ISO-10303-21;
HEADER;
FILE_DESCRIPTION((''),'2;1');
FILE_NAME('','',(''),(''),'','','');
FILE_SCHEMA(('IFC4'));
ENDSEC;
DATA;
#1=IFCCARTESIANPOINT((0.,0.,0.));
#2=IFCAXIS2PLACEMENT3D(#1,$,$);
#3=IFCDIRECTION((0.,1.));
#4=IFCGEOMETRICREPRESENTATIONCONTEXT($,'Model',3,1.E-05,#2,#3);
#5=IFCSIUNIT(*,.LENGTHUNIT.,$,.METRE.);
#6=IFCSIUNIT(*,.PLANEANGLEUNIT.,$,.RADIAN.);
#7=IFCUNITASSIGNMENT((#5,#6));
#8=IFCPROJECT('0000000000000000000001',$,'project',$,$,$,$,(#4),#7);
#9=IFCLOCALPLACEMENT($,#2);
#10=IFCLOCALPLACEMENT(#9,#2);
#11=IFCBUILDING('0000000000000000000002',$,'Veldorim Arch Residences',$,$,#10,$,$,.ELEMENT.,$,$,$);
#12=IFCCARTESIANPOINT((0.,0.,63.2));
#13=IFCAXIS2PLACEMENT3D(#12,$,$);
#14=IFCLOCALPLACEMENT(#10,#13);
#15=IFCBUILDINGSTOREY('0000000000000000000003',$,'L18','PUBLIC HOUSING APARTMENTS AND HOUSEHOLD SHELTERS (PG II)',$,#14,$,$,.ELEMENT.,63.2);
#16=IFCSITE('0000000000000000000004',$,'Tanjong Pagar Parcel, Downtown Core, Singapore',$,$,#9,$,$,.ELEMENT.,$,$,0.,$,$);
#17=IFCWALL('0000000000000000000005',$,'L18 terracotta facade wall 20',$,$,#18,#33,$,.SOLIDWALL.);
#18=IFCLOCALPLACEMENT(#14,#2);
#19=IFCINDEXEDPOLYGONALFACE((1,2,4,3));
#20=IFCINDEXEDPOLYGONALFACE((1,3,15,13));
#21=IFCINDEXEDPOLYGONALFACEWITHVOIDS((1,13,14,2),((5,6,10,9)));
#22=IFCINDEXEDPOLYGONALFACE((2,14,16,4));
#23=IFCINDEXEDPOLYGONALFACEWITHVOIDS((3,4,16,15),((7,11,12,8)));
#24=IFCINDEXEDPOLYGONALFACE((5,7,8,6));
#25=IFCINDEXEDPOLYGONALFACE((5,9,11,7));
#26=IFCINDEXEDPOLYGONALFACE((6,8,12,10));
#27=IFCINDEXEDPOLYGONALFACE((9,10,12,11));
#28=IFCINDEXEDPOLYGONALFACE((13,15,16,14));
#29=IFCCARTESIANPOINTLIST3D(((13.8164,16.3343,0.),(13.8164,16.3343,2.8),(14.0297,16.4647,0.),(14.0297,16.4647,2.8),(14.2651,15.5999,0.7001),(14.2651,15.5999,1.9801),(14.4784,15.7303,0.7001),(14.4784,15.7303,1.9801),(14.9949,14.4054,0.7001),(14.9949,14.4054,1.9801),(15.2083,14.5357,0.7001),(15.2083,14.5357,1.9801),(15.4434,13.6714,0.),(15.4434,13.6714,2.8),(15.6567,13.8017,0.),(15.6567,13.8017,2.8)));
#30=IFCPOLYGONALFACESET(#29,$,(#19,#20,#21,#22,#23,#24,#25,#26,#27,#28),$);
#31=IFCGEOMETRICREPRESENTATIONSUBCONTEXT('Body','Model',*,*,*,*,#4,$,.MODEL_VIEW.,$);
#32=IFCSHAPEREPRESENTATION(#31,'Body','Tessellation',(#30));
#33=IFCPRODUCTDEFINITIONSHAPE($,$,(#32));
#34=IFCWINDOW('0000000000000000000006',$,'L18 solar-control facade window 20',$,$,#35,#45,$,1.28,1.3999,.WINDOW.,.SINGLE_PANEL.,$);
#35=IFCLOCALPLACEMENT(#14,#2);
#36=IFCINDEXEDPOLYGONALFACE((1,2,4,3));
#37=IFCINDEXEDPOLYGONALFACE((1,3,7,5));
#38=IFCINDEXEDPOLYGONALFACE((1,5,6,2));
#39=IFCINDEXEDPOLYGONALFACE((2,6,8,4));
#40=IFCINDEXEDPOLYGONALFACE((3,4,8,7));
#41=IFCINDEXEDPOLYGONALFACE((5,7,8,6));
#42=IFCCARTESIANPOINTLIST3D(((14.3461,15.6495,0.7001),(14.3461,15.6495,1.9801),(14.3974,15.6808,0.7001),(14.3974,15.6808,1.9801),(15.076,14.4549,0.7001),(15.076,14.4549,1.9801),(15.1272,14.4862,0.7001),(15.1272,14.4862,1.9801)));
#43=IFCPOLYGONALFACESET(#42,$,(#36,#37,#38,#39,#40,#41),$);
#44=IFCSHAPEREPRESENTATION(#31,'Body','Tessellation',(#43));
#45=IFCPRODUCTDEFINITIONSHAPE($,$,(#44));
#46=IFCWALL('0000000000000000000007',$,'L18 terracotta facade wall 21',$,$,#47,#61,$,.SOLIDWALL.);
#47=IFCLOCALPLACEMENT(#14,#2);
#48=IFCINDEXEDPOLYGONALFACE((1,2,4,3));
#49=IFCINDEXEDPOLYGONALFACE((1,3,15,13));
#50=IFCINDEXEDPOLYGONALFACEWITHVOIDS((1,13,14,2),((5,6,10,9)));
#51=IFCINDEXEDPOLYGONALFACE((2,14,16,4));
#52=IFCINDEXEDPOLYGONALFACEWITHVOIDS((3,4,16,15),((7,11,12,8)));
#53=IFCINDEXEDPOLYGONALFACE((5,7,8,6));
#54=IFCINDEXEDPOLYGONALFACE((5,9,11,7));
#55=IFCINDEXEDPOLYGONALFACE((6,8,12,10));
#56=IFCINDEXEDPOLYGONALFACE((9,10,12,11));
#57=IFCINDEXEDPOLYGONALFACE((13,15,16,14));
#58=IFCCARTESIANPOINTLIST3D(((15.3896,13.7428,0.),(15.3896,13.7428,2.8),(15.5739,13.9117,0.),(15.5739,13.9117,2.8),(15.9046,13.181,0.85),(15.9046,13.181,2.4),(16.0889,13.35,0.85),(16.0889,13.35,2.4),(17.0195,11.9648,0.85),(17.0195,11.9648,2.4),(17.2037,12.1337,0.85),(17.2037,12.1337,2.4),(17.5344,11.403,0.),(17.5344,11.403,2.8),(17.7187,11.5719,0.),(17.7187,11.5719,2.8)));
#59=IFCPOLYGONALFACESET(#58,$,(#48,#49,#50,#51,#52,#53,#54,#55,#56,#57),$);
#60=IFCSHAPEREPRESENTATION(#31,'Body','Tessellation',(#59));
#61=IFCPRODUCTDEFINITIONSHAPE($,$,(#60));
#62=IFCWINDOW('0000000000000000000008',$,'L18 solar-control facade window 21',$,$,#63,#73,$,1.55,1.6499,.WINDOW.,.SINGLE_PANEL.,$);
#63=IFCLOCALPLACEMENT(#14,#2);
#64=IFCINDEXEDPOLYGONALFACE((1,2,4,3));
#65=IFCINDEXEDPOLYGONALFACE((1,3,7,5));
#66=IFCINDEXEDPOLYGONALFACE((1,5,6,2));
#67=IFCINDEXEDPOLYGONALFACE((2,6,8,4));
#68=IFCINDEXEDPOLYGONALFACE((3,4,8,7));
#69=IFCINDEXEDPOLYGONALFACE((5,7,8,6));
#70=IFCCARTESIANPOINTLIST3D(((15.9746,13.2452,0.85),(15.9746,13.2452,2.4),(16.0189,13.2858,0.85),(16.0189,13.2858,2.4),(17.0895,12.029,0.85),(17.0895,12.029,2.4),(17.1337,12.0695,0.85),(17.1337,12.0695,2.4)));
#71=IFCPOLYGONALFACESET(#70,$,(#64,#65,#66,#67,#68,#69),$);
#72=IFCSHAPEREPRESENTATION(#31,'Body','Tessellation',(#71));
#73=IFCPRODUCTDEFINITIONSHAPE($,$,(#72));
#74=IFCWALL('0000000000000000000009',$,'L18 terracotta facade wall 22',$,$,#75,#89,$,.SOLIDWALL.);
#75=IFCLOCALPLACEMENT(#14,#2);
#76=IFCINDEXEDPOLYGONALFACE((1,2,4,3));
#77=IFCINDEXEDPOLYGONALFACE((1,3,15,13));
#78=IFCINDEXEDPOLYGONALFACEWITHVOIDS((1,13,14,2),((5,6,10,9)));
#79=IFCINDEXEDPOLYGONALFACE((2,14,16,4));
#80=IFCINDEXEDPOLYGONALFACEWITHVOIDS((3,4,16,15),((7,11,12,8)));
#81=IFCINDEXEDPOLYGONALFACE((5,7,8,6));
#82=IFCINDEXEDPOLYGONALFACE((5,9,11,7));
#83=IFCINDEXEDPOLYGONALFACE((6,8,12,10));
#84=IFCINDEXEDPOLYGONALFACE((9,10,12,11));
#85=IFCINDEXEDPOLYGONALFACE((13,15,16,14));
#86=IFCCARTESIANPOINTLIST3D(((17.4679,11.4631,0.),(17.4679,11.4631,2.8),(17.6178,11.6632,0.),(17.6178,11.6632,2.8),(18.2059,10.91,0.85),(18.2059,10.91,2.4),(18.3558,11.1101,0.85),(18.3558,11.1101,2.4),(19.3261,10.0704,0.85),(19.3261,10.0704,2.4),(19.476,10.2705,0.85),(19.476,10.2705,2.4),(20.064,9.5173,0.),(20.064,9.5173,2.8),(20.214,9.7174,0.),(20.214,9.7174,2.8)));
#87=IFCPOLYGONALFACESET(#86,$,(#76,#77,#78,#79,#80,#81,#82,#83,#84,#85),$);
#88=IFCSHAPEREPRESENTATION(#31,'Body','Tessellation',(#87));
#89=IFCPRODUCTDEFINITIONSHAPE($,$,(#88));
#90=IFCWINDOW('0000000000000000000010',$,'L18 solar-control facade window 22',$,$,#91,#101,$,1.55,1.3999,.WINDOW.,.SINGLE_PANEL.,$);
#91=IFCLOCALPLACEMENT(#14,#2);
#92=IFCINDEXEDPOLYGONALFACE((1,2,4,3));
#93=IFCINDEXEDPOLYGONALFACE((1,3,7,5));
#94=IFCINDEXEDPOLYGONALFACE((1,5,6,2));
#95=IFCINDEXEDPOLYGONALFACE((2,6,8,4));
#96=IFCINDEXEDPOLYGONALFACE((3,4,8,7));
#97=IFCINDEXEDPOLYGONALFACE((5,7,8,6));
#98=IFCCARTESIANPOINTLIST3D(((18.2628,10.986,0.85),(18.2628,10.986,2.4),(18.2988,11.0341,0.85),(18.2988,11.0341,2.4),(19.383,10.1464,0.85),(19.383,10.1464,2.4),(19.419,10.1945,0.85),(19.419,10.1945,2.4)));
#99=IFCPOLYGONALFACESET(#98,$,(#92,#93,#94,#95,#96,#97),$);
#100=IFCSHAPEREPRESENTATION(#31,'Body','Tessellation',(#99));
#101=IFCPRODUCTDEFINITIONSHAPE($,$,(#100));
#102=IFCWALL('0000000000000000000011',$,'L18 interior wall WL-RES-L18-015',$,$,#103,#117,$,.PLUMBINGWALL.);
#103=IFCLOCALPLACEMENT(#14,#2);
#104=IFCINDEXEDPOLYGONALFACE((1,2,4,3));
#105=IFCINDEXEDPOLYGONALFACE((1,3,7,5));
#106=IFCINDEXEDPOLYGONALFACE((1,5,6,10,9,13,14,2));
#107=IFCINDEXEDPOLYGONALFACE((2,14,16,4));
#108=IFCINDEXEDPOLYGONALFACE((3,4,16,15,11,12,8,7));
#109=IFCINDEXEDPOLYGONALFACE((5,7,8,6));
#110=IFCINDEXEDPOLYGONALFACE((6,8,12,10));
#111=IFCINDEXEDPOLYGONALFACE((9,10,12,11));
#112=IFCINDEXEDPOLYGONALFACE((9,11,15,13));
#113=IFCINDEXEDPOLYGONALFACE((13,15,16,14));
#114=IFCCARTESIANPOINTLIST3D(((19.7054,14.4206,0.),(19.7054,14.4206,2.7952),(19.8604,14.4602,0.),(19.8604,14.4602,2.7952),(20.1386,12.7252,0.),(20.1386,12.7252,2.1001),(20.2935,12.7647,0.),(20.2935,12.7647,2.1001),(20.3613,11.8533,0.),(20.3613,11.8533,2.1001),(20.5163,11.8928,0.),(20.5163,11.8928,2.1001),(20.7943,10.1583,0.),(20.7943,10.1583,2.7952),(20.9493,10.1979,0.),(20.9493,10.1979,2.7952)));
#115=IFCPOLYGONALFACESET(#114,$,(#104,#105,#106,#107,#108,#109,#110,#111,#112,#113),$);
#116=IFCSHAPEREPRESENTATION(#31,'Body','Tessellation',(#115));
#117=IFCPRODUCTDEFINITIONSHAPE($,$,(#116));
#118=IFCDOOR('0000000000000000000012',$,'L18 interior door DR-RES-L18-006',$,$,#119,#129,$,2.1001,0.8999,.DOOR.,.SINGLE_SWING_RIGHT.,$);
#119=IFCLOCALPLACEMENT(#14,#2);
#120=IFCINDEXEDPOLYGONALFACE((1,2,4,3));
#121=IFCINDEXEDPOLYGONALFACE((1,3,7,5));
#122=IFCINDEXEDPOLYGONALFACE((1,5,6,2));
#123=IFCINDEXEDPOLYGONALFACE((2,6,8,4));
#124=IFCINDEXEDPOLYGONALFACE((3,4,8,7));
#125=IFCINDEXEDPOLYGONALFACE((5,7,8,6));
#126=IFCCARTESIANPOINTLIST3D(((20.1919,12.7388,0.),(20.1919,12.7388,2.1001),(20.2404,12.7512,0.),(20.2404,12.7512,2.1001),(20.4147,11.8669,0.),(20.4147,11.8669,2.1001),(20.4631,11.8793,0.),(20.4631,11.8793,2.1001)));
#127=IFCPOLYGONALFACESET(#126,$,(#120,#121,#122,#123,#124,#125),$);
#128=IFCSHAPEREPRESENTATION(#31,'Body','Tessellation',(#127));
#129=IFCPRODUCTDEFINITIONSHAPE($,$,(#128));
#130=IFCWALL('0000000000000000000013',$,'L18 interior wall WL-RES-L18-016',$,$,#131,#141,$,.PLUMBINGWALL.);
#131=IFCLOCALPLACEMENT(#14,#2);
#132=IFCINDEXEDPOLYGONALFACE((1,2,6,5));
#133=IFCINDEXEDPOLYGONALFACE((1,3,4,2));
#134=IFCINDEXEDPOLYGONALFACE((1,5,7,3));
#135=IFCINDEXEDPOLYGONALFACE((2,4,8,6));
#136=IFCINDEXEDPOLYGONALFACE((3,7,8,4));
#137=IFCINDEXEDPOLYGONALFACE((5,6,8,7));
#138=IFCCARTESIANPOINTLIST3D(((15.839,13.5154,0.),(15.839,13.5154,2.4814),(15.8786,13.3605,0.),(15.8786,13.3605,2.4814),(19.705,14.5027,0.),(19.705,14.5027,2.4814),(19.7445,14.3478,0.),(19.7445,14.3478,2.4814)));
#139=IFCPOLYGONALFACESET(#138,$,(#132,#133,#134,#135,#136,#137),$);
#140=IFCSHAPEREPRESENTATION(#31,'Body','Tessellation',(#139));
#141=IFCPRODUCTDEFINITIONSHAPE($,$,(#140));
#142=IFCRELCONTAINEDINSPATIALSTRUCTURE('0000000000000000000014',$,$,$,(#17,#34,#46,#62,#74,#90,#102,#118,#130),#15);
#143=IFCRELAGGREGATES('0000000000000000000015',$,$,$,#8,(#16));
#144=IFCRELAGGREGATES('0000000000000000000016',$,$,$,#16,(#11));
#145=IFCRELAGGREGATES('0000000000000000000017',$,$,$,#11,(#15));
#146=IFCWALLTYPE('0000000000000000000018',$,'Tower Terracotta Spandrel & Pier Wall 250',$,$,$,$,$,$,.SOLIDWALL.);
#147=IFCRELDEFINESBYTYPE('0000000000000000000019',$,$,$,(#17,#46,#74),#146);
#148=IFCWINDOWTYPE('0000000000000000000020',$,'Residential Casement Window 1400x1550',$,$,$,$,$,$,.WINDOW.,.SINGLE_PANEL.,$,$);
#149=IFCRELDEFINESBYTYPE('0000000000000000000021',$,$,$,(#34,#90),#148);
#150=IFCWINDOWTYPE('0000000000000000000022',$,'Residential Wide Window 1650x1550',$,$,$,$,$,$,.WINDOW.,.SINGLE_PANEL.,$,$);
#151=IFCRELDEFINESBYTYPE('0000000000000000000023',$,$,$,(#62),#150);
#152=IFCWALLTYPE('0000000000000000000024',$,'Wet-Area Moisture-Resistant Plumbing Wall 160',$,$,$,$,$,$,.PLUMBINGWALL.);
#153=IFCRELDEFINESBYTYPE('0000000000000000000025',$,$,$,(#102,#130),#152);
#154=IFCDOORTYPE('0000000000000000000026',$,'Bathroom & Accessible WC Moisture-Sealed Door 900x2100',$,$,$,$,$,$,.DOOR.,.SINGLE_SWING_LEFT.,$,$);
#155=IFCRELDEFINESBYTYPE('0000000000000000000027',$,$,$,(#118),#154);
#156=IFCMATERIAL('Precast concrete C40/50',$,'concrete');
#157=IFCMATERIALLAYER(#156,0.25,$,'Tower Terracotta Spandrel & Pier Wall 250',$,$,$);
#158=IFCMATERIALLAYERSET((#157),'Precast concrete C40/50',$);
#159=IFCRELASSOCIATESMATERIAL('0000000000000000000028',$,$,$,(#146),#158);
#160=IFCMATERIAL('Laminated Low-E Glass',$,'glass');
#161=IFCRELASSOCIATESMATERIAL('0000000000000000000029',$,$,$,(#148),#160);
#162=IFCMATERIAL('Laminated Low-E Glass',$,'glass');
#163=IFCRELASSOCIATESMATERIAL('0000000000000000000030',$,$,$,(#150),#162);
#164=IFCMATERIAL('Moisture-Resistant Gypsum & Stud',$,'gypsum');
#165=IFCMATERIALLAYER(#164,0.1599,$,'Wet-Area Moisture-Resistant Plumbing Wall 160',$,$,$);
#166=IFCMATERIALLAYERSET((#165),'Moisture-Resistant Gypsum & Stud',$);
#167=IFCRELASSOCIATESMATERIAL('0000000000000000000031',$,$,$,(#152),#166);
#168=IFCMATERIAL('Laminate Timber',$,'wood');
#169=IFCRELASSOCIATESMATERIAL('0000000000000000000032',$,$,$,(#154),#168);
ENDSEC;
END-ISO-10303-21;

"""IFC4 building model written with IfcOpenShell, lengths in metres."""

from ifc_helpers import new_model, si_unit, direction, frame, frame_2d, origin, place, context, subcontext, project, spatial, rectangle, extrude, material, layer, layer_set, type_object, element, fill, save


model = new_model("IFC4")

# Units and contexts
model_context = context("Model", 3, precision=1e-05, world=origin(), true_north=direction((0.0, 1.0)))
body_context = subcontext(model_context, "Body", "Model", "MODEL_VIEW")
ifc_project = project(units=[si_unit("LENGTHUNIT", "METRE"), si_unit("PLANEANGLEUNIT", "RADIAN")], contexts=[model_context])

# Site, building, storey
site_placement = place(None, origin())
site = spatial("IfcSite", under=ifc_project, at=site_placement, Name="Tanjong Pagar Parcel, Downtown Core, Singapore", CompositionType="ELEMENT", RefElevation=0.0)
building_placement = place(site_placement, origin())
building = spatial("IfcBuilding", under=site, at=building_placement, Name="Veldorim Arch Residences", CompositionType="ELEMENT")
storey_placement = place(building_placement, frame((0.0, 0.0, 63.2)))
storey = spatial("IfcBuildingStorey", under=building, at=storey_placement, Name="L18", Description="PUBLIC HOUSING APARTMENTS AND HOUSEHOLD SHELTERS (PG II)", CompositionType="ELEMENT", Elevation=63.2)

# Walls, openings, windows
ifc_material_1 = material(Name="Precast concrete C40/50", Category="concrete")
ifc_layer_1 = layer(ifc_material_1, 0.25, Name="Tower Terracotta Spandrel & Pier Wall 250")
ifc_layer_set_1 = layer_set([ifc_layer_1], Name="Precast concrete C40/50")
wall_type_1 = type_object("IfcWallType", Name="Tower Terracotta Spandrel & Pier Wall 250", PredefinedType="SOLIDWALL", material=ifc_layer_set_1)
wall_1_placement = place(storey_placement, frame((15.55, 13.7366, 0.0), z_axis=(0.0, 0.0, 1.0), x_axis=(-0.521371, 0.85333, 0.0)))
wall_1 = element("IfcWall", 1, at=wall_1_placement, inside=storey, type_object=wall_type_1, Name="L18 terracotta facade wall 20", PredefinedType="SOLIDWALL", context=body_context, shape_type="SweptSolid", body=[
    extrude(rectangle(XDim=3.1206, YDim=0.25, at=frame_2d((1.5603, 0.0))), origin(), (0.0, 0.0, 1.0), 2.8),
])
opening_1_placement = place(wall_1_placement, frame((0.8601, 0.0, 0.7)))
opening_1 = element("IfcOpeningElement", 2, at=opening_1_placement, cuts=wall_1, PredefinedType="OPENING", context=body_context, shape_type="SweptSolid", body=[
    extrude(rectangle(XDim=1.3999, YDim=1.28, at=frame_2d((0.7, 0.6401))), frame((0.0, 0.135, 0.0), z_axis=(0.0, -1.0, 0.0), x_axis=(1.0, 0.0, 0.0)), (0.0, 0.0, 1.0), 0.27),
])
ifc_material_2 = material(Name="Laminated Low-E Glass", Category="glass")
window_type_1 = type_object("IfcWindowType", Name="Residential Casement Window 1400x1550", PartitioningType="SINGLE_PANEL", PredefinedType="WINDOW", material=ifc_material_2)
window_1_placement = place(opening_1_placement, origin())
window_1 = element("IfcWindow", 3, at=window_1_placement, inside=storey, type_object=window_type_1, Name="L18 solar-control facade window 20", OverallHeight=1.28, OverallWidth=1.3999, PartitioningType="SINGLE_PANEL", PredefinedType="WINDOW", context=body_context, shape_type="SweptSolid", body=[
    extrude(rectangle(XDim=1.3999, YDim=1.28, at=frame_2d((0.7, 0.6401))), frame((0.0, 0.03, 0.0), z_axis=(0.0, -1.0, 0.0), x_axis=(1.0, 0.0, 0.0)), (0.0, 0.0, 1.0), 0.0601),
])
fill(opening_1, window_1)
wall_2_placement = place(storey_placement, frame((17.6265, 11.4875, 0.0), z_axis=(0.0, 0.0, 1.0), x_axis=(-0.675711, 0.737167, 0.0)))
wall_2 = element("IfcWall", 4, at=wall_2_placement, inside=storey, type_object=wall_type_1, Name="L18 terracotta facade wall 21", PredefinedType="SOLIDWALL", context=body_context, shape_type="SweptSolid", body=[
    extrude(rectangle(XDim=3.1741, YDim=0.25, at=frame_2d((1.5869, 0.0))), origin(), (0.0, 0.0, 1.0), 2.8),
])
opening_2_placement = place(wall_2_placement, frame((0.762, 0.0, 0.8501)))
opening_2 = element("IfcOpeningElement", 5, at=opening_2_placement, cuts=wall_2, PredefinedType="OPENING", context=body_context, shape_type="SweptSolid", body=[
    extrude(rectangle(XDim=1.6499, YDim=1.55, at=frame_2d((0.825, 0.7749))), frame((0.0, 0.135, 0.0), z_axis=(0.0, -1.0, 0.0), x_axis=(1.0, 0.0, 0.0)), (0.0, 0.0, 1.0), 0.27),
])
ifc_material_3 = material(Name="Laminated Low-E Glass", Category="glass")
window_type_2 = type_object("IfcWindowType", Name="Residential Wide Window 1650x1550", PartitioningType="SINGLE_PANEL", PredefinedType="WINDOW", material=ifc_material_3)
window_2_placement = place(opening_2_placement, origin())
window_2 = element("IfcWindow", 6, at=window_2_placement, inside=storey, type_object=window_type_2, Name="L18 solar-control facade window 21", OverallHeight=1.55, OverallWidth=1.6499, PartitioningType="SINGLE_PANEL", PredefinedType="WINDOW", context=body_context, shape_type="SweptSolid", body=[
    extrude(rectangle(XDim=1.6499, YDim=1.55, at=frame_2d((0.825, 0.7749))), frame((0.0, 0.03, 0.0), z_axis=(0.0, -1.0, 0.0), x_axis=(1.0, 0.0, 0.0)), (0.0, 0.0, 1.0), 0.0601),
])
fill(opening_2, window_2)
wall_3_placement = place(storey_placement, frame((20.1389, 9.6174, 0.0), z_axis=(0.0, 0.0, 1.0), x_axis=(-0.800199, 0.599735, 0.0)))
wall_3 = element("IfcWall", 7, at=wall_3_placement, inside=storey, type_object=wall_type_1, Name="L18 terracotta facade wall 22", PredefinedType="SOLIDWALL", context=body_context, shape_type="SweptSolid", body=[
    extrude(rectangle(XDim=3.2444, YDim=0.25, at=frame_2d((1.6221, 0.0))), origin(), (0.0, 0.0, 1.0), 2.8),
])
opening_3_placement = place(wall_3_placement, frame((0.9221, 0.0, 0.8501)))
opening_3 = element("IfcOpeningElement", 8, at=opening_3_placement, cuts=wall_3, PredefinedType="OPENING", context=body_context, shape_type="SweptSolid", body=[
    extrude(rectangle(XDim=1.3999, YDim=1.55, at=frame_2d((0.7, 0.7749))), frame((0.0, 0.135, 0.0), z_axis=(0.0, -1.0, 0.0), x_axis=(1.0, 0.0, 0.0)), (0.0, 0.0, 1.0), 0.27),
])
window_3_placement = place(opening_3_placement, origin())
window_3 = element("IfcWindow", 9, at=window_3_placement, inside=storey, type_object=window_type_1, Name="L18 solar-control facade window 22", OverallHeight=1.55, OverallWidth=1.3999, PartitioningType="SINGLE_PANEL", PredefinedType="WINDOW", context=body_context, shape_type="SweptSolid", body=[
    extrude(rectangle(XDim=1.3999, YDim=1.55, at=frame_2d((0.7, 0.7749))), frame((0.0, 0.03, 0.0), z_axis=(0.0, -1.0, 0.0), x_axis=(1.0, 0.0, 0.0)), (0.0, 0.0, 1.0), 0.0601),
])
fill(opening_3, window_3)

# Wall, opening, door
ifc_material_4 = material(Name="Moisture-Resistant Gypsum & Stud", Category="gypsum")
ifc_layer_2 = layer(ifc_material_4, 0.1599, Name="Wet-Area Moisture-Resistant Plumbing Wall 160")
ifc_layer_set_2 = layer_set([ifc_layer_2], Name="Moisture-Resistant Gypsum & Stud")
wall_type_2 = type_object("IfcWallType", Name="Wet-Area Moisture-Resistant Plumbing Wall 160", PredefinedType="PLUMBINGWALL", material=ifc_layer_set_2)
wall_4_placement = place(storey_placement, frame((20.8718, 10.178, 0.0), z_axis=(0.0, 0.0, 1.0), x_axis=(-0.247521, 0.968883, 0.0)))
wall_4 = element("IfcWall", 10, at=wall_4_placement, inside=storey, type_object=wall_type_2, Name="L18 interior wall WL-RES-L18-015", PredefinedType="PLUMBINGWALL", context=body_context, shape_type="SweptSolid", body=[
    extrude(rectangle(XDim=4.3992, YDim=0.1599, at=frame_2d((2.1997, 0.0))), origin(), (0.0, 0.0, 1.0), 2.7952),
])
opening_4_placement = place(wall_4_placement, frame((1.7495, 0.0, 0.0)))
opening_4 = element("IfcOpeningElement", 11, at=opening_4_placement, cuts=wall_4, PredefinedType="OPENING", context=body_context, shape_type="SweptSolid", body=[
    extrude(rectangle(XDim=0.8999, YDim=2.1001, at=frame_2d((0.45, 1.05))), frame((0.0, 0.0898, 0.0), z_axis=(0.0, -1.0, 0.0), x_axis=(1.0, 0.0, 0.0)), (0.0, 0.0, 1.0), 0.1799),
])
ifc_material_5 = material(Name="Laminate Timber", Category="wood")
door_type_1 = type_object("IfcDoorType", Name="Bathroom & Accessible WC Moisture-Sealed Door 900x2100", OperationType="SINGLE_SWING_LEFT", PredefinedType="DOOR", material=ifc_material_5)
door_1_placement = place(opening_4_placement, origin())
door_1 = element("IfcDoor", 12, at=door_1_placement, inside=storey, type_object=door_type_1, Name="L18 interior door DR-RES-L18-006", OperationType="SINGLE_SWING_RIGHT", OverallHeight=2.1001, OverallWidth=0.8999, PredefinedType="DOOR", context=body_context, shape_type="SweptSolid", body=[
    extrude(rectangle(XDim=0.8999, YDim=2.1001, at=frame_2d((0.45, 1.05))), frame((0.0, 0.0249, 0.0), z_axis=(0.0, -1.0, 0.0), x_axis=(1.0, 0.0, 0.0)), (0.0, 0.0, 1.0), 0.05),
])
fill(opening_4, door_1)

# Wall
wall_5_placement = place(storey_placement, frame((19.7249, 14.4253, 0.0), z_axis=(0.0, 0.0, 1.0), x_axis=(-0.968903, -0.247442, 0.0)))
element("IfcWall", 13, at=wall_5_placement, inside=storey, type_object=wall_type_2, Name="L18 interior wall WL-RES-L18-016", PredefinedType="PLUMBINGWALL", context=body_context, shape_type="SweptSolid", body=[
    extrude(rectangle(XDim=3.99, YDim=0.1599, at=frame_2d((1.9951, 0.0))), origin(), (0.0, 0.0, 1.0), 2.4814),
])

save(model, "model.ifc")
